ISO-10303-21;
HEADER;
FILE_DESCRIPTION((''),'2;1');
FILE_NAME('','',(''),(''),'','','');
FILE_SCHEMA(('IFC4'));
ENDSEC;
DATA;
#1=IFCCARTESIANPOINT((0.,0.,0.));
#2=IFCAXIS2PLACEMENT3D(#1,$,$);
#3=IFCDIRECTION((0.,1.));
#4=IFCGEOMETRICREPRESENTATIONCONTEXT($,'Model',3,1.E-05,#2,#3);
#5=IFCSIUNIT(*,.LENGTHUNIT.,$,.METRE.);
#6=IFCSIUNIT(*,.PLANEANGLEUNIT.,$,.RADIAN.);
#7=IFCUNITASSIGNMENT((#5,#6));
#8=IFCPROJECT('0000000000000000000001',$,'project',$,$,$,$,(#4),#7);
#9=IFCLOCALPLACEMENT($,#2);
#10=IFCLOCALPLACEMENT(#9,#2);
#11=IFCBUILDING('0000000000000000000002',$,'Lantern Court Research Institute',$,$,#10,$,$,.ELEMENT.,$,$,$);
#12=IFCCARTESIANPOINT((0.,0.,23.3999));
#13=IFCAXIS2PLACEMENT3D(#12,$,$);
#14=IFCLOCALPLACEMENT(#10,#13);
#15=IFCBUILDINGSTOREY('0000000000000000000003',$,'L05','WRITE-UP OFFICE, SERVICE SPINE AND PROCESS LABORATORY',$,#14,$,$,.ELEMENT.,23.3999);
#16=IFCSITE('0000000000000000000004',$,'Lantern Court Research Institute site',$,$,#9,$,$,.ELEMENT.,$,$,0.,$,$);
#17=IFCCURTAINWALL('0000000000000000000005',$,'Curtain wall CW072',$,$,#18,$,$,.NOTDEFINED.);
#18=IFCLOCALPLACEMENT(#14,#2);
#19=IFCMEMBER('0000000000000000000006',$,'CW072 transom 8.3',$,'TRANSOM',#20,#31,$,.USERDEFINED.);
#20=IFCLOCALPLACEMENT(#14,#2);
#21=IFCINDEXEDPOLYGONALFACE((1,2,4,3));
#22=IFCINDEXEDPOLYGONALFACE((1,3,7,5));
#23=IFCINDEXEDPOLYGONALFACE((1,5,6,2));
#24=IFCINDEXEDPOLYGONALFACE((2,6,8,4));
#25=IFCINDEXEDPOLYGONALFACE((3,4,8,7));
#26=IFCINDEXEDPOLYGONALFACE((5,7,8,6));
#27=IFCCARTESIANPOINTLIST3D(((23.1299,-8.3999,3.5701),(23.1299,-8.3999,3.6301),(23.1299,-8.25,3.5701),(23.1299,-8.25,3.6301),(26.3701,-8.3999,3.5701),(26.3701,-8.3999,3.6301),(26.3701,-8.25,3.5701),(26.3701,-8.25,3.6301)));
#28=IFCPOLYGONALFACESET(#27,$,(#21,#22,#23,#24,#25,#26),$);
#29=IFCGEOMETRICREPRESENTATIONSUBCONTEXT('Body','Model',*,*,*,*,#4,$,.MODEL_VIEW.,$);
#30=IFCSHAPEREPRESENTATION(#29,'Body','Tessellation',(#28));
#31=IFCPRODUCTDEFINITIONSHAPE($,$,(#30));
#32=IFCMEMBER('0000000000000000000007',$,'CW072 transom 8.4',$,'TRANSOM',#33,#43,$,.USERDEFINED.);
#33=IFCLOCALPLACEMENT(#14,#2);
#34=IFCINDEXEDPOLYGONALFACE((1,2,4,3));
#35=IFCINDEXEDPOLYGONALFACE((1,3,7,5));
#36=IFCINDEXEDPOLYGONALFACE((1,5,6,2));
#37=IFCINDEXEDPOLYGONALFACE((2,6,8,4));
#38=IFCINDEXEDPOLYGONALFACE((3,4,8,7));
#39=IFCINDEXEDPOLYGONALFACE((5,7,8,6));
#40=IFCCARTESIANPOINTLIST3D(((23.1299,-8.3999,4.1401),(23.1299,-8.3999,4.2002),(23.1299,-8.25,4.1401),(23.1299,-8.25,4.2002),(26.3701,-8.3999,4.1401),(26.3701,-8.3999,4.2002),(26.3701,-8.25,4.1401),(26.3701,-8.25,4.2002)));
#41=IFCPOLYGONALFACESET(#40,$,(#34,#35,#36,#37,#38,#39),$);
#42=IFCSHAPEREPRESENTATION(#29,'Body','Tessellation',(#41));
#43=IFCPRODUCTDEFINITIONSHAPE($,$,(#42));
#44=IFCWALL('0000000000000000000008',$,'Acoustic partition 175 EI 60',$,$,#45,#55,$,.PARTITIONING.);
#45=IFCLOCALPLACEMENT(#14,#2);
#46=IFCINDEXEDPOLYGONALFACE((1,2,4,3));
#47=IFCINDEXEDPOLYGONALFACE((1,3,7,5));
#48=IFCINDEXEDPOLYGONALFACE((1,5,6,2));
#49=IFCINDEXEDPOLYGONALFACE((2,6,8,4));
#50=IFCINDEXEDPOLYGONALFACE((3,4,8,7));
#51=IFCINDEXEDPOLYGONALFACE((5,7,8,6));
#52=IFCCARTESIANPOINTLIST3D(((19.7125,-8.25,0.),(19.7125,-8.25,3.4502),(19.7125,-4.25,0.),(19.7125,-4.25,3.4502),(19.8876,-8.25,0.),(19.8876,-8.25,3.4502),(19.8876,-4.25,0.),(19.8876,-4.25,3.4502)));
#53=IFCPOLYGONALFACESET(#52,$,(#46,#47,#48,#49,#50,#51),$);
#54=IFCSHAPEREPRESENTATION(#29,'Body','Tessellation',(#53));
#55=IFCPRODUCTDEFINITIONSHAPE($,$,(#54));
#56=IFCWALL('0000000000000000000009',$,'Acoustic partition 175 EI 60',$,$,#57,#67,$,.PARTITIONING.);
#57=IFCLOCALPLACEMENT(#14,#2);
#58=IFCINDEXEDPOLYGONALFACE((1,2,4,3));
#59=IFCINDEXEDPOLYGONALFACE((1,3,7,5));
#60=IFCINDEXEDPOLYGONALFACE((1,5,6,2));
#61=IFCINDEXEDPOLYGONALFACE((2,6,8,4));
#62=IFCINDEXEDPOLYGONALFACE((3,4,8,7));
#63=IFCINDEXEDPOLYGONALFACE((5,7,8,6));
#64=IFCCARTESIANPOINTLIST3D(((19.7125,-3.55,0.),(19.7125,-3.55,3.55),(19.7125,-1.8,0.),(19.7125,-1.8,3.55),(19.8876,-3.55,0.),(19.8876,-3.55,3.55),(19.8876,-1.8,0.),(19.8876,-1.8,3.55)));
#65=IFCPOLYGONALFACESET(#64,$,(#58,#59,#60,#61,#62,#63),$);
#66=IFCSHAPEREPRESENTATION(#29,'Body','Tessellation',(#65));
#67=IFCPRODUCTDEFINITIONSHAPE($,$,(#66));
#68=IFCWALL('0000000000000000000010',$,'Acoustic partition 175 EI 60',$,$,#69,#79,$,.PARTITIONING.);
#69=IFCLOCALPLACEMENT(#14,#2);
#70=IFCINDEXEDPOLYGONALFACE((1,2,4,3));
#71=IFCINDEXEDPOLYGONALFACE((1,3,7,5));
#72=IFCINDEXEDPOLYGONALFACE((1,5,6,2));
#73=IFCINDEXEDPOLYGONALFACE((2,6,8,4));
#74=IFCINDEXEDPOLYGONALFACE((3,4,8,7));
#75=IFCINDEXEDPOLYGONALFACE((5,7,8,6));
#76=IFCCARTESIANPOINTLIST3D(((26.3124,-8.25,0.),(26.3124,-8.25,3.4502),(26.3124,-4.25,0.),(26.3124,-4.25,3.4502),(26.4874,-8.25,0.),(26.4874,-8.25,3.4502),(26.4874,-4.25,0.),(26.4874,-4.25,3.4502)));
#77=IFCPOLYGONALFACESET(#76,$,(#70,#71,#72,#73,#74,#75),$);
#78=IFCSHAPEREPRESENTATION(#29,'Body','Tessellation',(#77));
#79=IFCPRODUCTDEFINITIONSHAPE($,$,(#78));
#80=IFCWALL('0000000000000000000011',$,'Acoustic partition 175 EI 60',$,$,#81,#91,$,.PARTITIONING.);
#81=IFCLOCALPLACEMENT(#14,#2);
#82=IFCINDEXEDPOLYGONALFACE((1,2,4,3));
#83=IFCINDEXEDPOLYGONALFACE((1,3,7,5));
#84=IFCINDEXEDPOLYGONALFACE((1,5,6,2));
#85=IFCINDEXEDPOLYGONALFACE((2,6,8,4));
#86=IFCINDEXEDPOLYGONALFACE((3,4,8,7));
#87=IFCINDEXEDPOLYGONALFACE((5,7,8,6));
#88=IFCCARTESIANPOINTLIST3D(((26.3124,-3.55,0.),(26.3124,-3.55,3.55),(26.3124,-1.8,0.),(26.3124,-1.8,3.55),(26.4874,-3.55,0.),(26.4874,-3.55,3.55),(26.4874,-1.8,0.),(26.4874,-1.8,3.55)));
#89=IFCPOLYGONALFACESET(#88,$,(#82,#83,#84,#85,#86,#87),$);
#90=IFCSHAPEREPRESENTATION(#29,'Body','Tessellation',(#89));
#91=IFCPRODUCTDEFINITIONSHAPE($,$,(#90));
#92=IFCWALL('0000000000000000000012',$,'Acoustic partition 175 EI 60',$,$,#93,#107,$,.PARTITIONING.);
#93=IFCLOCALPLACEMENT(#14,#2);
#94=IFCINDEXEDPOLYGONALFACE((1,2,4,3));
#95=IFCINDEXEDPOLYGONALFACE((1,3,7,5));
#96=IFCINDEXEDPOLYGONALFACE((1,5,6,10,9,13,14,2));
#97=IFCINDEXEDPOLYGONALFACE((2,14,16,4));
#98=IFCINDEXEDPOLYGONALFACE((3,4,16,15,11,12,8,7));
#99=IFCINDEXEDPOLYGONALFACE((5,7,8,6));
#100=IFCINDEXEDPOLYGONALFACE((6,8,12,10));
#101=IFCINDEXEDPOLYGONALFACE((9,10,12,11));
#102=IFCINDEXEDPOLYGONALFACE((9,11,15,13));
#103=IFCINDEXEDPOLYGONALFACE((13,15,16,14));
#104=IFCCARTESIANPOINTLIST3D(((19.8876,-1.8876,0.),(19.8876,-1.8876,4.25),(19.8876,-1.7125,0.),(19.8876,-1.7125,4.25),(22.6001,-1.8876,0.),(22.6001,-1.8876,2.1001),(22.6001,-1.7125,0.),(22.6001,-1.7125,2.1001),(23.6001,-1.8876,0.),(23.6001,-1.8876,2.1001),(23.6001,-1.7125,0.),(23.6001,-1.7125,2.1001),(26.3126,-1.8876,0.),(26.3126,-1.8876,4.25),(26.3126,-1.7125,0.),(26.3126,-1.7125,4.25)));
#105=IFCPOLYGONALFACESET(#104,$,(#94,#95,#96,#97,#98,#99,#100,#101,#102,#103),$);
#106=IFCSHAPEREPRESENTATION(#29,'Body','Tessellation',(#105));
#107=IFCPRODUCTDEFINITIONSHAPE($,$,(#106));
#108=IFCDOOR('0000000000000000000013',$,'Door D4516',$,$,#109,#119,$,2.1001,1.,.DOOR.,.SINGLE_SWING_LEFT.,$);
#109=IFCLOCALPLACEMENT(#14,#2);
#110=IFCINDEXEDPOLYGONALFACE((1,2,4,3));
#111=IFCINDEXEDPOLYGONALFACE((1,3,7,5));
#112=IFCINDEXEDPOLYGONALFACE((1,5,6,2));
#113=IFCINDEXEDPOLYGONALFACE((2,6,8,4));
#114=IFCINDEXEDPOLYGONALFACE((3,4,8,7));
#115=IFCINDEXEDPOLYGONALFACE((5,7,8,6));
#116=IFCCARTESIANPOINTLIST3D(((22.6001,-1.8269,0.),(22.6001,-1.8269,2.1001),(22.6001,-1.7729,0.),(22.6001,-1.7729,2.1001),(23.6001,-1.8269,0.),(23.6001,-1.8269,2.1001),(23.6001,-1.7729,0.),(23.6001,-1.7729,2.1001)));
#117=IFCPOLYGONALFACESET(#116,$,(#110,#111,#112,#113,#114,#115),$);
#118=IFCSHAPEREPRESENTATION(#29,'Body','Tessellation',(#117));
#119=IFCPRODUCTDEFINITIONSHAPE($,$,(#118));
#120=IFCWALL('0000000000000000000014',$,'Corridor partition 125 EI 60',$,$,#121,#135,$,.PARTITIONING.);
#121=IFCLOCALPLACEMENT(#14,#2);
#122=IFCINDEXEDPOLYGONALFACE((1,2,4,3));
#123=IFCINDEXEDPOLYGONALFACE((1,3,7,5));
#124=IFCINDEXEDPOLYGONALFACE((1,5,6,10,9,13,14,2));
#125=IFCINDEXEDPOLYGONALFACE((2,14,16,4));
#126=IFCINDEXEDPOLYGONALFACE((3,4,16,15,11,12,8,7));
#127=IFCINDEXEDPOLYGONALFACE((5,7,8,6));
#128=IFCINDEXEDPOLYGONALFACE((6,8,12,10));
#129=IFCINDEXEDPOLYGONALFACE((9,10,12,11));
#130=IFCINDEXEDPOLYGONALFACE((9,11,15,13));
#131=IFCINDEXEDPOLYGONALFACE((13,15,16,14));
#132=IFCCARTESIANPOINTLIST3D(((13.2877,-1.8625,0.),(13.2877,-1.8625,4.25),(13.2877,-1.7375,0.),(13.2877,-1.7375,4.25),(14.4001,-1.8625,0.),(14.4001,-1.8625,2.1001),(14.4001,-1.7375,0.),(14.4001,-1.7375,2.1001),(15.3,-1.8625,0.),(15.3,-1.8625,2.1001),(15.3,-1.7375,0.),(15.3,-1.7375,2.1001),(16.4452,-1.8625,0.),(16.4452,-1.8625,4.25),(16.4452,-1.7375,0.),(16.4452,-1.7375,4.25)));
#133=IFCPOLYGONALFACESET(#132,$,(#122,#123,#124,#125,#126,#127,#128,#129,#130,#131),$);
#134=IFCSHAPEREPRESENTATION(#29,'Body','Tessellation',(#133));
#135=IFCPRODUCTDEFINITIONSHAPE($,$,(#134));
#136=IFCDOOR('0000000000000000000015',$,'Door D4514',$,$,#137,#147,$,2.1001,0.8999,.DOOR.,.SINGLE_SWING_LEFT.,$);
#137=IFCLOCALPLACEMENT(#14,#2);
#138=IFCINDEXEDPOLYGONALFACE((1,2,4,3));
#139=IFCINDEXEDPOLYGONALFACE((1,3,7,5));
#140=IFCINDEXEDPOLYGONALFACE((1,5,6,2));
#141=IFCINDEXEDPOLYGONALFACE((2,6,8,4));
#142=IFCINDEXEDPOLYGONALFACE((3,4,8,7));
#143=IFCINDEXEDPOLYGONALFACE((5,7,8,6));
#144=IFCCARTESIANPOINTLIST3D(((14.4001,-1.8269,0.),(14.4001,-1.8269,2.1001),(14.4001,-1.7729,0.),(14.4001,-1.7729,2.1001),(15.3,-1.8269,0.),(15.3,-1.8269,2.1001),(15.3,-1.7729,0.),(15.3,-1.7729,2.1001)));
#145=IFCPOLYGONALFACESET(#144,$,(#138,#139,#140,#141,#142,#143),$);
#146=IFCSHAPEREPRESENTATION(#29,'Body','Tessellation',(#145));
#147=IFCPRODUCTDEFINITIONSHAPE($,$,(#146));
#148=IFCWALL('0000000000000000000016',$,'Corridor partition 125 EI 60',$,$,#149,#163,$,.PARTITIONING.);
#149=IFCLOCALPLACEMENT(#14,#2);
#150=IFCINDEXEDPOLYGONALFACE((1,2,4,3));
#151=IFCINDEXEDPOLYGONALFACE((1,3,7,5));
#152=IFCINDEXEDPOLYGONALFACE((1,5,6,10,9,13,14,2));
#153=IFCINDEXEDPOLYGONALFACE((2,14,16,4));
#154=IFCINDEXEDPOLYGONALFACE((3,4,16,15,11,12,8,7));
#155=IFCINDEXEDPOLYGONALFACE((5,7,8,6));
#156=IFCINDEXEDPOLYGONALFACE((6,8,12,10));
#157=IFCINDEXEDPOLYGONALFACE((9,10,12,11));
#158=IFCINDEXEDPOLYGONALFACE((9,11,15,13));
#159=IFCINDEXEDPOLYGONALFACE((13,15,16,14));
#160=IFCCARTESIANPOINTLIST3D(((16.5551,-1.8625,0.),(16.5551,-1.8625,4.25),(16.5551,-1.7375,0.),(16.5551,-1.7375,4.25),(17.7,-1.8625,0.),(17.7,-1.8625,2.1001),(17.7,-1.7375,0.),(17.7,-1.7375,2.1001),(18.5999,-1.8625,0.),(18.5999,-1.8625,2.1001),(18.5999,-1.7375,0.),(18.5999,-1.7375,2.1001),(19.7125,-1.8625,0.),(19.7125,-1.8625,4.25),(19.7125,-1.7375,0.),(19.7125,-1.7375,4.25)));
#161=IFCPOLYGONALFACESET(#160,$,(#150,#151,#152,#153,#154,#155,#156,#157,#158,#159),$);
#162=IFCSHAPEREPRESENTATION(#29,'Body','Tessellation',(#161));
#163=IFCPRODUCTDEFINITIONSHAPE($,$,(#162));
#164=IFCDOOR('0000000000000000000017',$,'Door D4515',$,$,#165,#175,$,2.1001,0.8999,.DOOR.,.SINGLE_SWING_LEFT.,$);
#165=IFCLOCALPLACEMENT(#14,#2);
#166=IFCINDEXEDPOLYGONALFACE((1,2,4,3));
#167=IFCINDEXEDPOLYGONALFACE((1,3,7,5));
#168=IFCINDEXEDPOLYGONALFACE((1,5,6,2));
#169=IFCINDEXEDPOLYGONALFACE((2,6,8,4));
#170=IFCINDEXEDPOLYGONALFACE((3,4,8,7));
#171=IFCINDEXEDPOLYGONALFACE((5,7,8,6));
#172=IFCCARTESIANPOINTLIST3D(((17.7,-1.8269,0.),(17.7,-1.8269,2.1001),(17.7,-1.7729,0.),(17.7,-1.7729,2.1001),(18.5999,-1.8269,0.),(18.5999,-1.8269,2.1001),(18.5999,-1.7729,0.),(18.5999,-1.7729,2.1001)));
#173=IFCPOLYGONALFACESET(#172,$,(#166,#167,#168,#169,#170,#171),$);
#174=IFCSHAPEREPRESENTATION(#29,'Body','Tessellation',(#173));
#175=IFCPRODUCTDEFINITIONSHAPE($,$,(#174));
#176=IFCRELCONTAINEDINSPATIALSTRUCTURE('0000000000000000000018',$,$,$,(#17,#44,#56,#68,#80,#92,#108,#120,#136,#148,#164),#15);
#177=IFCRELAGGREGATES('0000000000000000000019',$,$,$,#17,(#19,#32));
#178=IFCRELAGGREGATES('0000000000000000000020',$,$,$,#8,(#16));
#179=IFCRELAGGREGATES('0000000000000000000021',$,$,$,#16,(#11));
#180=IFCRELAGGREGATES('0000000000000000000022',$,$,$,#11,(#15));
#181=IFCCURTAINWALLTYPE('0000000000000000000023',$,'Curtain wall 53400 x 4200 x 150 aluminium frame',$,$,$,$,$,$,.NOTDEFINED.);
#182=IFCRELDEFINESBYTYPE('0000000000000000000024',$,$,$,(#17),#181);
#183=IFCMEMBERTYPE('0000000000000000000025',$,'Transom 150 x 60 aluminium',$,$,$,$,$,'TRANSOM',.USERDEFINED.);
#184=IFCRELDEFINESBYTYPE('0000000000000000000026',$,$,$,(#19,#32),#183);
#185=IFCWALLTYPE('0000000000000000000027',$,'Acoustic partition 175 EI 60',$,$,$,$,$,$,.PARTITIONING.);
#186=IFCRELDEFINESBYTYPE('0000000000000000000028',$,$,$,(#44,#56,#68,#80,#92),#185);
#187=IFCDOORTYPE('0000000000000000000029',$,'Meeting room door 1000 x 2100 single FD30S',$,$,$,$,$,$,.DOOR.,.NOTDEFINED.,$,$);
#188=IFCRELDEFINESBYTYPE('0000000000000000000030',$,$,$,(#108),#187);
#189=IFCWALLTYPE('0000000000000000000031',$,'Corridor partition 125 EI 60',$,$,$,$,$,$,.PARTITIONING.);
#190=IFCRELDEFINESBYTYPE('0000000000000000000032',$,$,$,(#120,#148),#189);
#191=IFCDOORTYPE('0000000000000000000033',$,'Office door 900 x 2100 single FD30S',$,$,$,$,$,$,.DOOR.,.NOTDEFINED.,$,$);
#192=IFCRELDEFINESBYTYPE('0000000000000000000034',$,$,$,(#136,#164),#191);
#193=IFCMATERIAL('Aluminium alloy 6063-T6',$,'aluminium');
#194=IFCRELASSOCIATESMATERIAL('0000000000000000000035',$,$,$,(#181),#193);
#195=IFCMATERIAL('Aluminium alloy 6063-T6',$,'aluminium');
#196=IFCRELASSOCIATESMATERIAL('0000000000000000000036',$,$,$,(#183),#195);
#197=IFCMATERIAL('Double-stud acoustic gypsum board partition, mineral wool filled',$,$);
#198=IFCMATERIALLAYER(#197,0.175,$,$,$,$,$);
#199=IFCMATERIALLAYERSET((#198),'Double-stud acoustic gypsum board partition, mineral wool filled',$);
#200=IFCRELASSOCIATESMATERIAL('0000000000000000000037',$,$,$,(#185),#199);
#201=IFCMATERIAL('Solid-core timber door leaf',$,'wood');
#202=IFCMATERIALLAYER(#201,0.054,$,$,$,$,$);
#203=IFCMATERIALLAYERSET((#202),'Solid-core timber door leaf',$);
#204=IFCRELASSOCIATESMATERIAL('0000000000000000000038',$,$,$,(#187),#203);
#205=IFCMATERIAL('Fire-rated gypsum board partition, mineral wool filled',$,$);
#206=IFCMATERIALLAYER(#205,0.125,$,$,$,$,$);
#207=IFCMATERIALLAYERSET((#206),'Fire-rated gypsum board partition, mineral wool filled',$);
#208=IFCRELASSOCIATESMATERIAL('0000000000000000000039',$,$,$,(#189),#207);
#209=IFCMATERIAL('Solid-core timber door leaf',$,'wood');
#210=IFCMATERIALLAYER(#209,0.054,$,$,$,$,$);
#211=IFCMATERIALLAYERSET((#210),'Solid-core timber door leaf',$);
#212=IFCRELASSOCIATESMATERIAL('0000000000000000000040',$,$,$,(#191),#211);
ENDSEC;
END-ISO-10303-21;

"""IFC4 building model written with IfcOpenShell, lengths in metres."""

from ifc_helpers import new_model, si_unit, direction, frame, frame_2d, origin, origin_2d, place, context, subcontext, project, spatial, rectangle, extrude, material, layer, layer_set, material_profile, profile_set, type_object, element, fill, aggregate, save


model = new_model("IFC4")

# Units and contexts
model_context = context("Model", 3, precision=1e-05, world=origin(), true_north=direction((0.0, 1.0)))
body_context = subcontext(model_context, "Body", "Model", "MODEL_VIEW")
ifc_project = project(units=[si_unit("LENGTHUNIT", "METRE"), si_unit("PLANEANGLEUNIT", "RADIAN")], contexts=[model_context])

# Site, building, storey
site_placement = place(None, origin())
site = spatial("IfcSite", under=ifc_project, at=site_placement, Name="Lantern Court Research Institute site", CompositionType="ELEMENT", RefElevation=0.0)
building_placement = place(site_placement, origin())
building = spatial("IfcBuilding", under=site, at=building_placement, Name="Lantern Court Research Institute", CompositionType="ELEMENT")
storey_placement = place(building_placement, frame((0.0, 0.0, 23.3999)))
storey = spatial("IfcBuildingStorey", under=building, at=storey_placement, Name="L05", Description="WRITE-UP OFFICE, SERVICE SPINE AND PROCESS LABORATORY", CompositionType="ELEMENT", Elevation=23.3999)

# Curtain wall
ifc_material_1 = material(Name="Aluminium alloy 6063-T6", Category="aluminium")
curtain_wall_type = type_object("IfcCurtainWallType", Name="Curtain wall 53400 x 4200 x 150 aluminium frame", PredefinedType="NOTDEFINED", material=ifc_material_1)
curtain_wall_placement = place(storey_placement, origin())
curtain_wall = element("IfcCurtainWall", 1, at=curtain_wall_placement, inside=storey, type_object=curtain_wall_type, Name="Curtain wall CW072", PredefinedType="NOTDEFINED")

# Members
ifc_material_2 = material(Name="Aluminium alloy 6063-T6", Category="aluminium")
ifc_material_profile_1 = material_profile(ifc_material_2, rectangle(XDim=0.1499, YDim=0.0601, at=origin_2d()), Name="Transom 150 x 60")
ifc_profile_set_1 = profile_set([ifc_material_profile_1], Name="Aluminium alloy 6063-T6")
member_type_1 = type_object("IfcMemberType", Name="Transom 150 x 60 aluminium", ElementType="TRANSOM", PredefinedType="USERDEFINED", material=ifc_profile_set_1)
member_1_placement = place(storey_placement, frame((26.3701, -8.325, 3.6001), z_axis=(-1.0, 0.0, 0.0), x_axis=(0.0, -1.0, 0.0)))
member_1 = element("IfcMember", 2, at=member_1_placement, type_object=member_type_1, Name="CW072 transom 8.3", ObjectType="TRANSOM", PredefinedType="USERDEFINED", context=body_context, shape_type="SweptSolid", body=[
    extrude(rectangle(XDim=0.1499, YDim=0.0601, at=origin_2d()), origin(), (0.0, 0.0, 1.0), 3.2402),
])
member_2_placement = place(storey_placement, frame((26.3701, -8.325, 4.1702), z_axis=(-1.0, 0.0, 0.0), x_axis=(0.0, -1.0, 0.0)))
member_2 = element("IfcMember", 3, at=member_2_placement, type_object=member_type_1, Name="CW072 transom 8.4", ObjectType="TRANSOM", PredefinedType="USERDEFINED", context=body_context, shape_type="SweptSolid", body=[
    extrude(rectangle(XDim=0.1499, YDim=0.0601, at=origin_2d()), origin(), (0.0, 0.0, 1.0), 3.2402),
])
aggregate(curtain_wall, [member_1, member_2])

# Walls
ifc_material_3 = material(Name="Double-stud acoustic gypsum board partition, mineral wool filled")
ifc_layer_1 = layer(ifc_material_3, 0.175)
ifc_layer_set_1 = layer_set([ifc_layer_1], Name="Double-stud acoustic gypsum board partition, mineral wool filled")
wall_type_1 = type_object("IfcWallType", Name="Acoustic partition 175 EI 60", PredefinedType="PARTITIONING", material=ifc_layer_set_1)
wall_1_placement = place(storey_placement, frame((19.8, -8.25, 0.0), z_axis=(0.0, 0.0, 1.0), x_axis=(0.0, 1.0, 0.0)))
element("IfcWall", 4, at=wall_1_placement, inside=storey, type_object=wall_type_1, Name="Acoustic partition 175 EI 60", PredefinedType="PARTITIONING", context=body_context, shape_type="SweptSolid", body=[
    extrude(rectangle(XDim=4.0, YDim=0.175, at=frame_2d((2.0, 0.0))), origin(), (0.0, 0.0, 1.0), 3.4502),
])
wall_2_placement = place(storey_placement, frame((19.8, -3.55, 0.0), z_axis=(0.0, 0.0, 1.0), x_axis=(0.0, 1.0, 0.0)))
element("IfcWall", 5, at=wall_2_placement, inside=storey, type_object=wall_type_1, Name="Acoustic partition 175 EI 60", PredefinedType="PARTITIONING", context=body_context, shape_type="SweptSolid", body=[
    extrude(rectangle(XDim=1.75, YDim=0.175, at=frame_2d((0.875, 0.0))), origin(), (0.0, 0.0, 1.0), 3.55),
])
wall_3_placement = place(storey_placement, frame((26.3999, -8.25, 0.0), z_axis=(0.0, 0.0, 1.0), x_axis=(0.0, 1.0, 0.0)))
element("IfcWall", 6, at=wall_3_placement, inside=storey, type_object=wall_type_1, Name="Acoustic partition 175 EI 60", PredefinedType="PARTITIONING", context=body_context, shape_type="SweptSolid", body=[
    extrude(rectangle(XDim=4.0, YDim=0.175, at=frame_2d((2.0, 0.0))), origin(), (0.0, 0.0, 1.0), 3.4502),
])
wall_4_placement = place(storey_placement, frame((26.3999, -3.55, 0.0), z_axis=(0.0, 0.0, 1.0), x_axis=(0.0, 1.0, 0.0)))
element("IfcWall", 7, at=wall_4_placement, inside=storey, type_object=wall_type_1, Name="Acoustic partition 175 EI 60", PredefinedType="PARTITIONING", context=body_context, shape_type="SweptSolid", body=[
    extrude(rectangle(XDim=1.75, YDim=0.175, at=frame_2d((0.875, 0.0))), origin(), (0.0, 0.0, 1.0), 3.55),
])

# Walls, openings, doors
wall_5_placement = place(storey_placement, frame((26.3125, -1.8, 0.0), z_axis=(0.0, 0.0, 1.0), x_axis=(-1.0, 0.0, 0.0)))
wall_5 = element("IfcWall", 8, at=wall_5_placement, inside=storey, type_object=wall_type_1, Name="Acoustic partition 175 EI 60", PredefinedType="PARTITIONING", context=body_context, shape_type="SweptSolid", body=[
    extrude(rectangle(XDim=6.425, YDim=0.175, at=frame_2d((3.2124, 0.0))), origin(), (0.0, 0.0, 1.0), 4.25),
])
opening_1_placement = place(wall_5_placement, frame((2.7124, 0.0, 0.0)))
opening_1 = element("IfcOpeningElement", 9, at=opening_1_placement, cuts=wall_5, PredefinedType="OPENING", context=body_context, shape_type="SweptSolid", body=[
    extrude(rectangle(XDim=1.0, YDim=2.1001, at=frame_2d((0.5, 1.05))), frame((0.0, 0.0974, 0.0), z_axis=(0.0, -1.0, 0.0), x_axis=(1.0, 0.0, 0.0)), (0.0, 0.0, 1.0), 0.1951),
])
ifc_material_4 = material(Name="Solid-core timber door leaf", Category="wood")
ifc_layer_2 = layer(ifc_material_4, 0.054)
ifc_layer_set_2 = layer_set([ifc_layer_2], Name="Solid-core timber door leaf")
door_type_1 = type_object("IfcDoorType", Name="Meeting room door 1000 x 2100 single FD30S", OperationType="NOTDEFINED", PredefinedType="DOOR", material=ifc_layer_set_2)
door_1_placement = place(opening_1_placement, origin())
door_1 = element("IfcDoor", 10, at=door_1_placement, inside=storey, type_object=door_type_1, Name="Door D4516", OperationType="SINGLE_SWING_LEFT", OverallHeight=2.1001, OverallWidth=1.0, PredefinedType="DOOR", context=body_context, shape_type="SweptSolid", body=[
    extrude(rectangle(XDim=1.0, YDim=2.1001, at=frame_2d((0.5, 1.05))), frame((0.0, 0.0269, 0.0), z_axis=(0.0, -1.0, 0.0), x_axis=(1.0, 0.0, 0.0)), (0.0, 0.0, 1.0), 0.054),
])
fill(opening_1, door_1)
ifc_material_5 = material(Name="Fire-rated gypsum board partition, mineral wool filled")
ifc_layer_3 = layer(ifc_material_5, 0.125)
ifc_layer_set_3 = layer_set([ifc_layer_3], Name="Fire-rated gypsum board partition, mineral wool filled")
wall_type_2 = type_object("IfcWallType", Name="Corridor partition 125 EI 60", PredefinedType="PARTITIONING", material=ifc_layer_set_3)
wall_6_placement = place(storey_placement, frame((16.4451, -1.8, 0.0), z_axis=(0.0, 0.0, 1.0), x_axis=(-1.0, 0.0, 0.0)))
wall_6 = element("IfcWall", 11, at=wall_6_placement, inside=storey, type_object=wall_type_2, Name="Corridor partition 125 EI 60", PredefinedType="PARTITIONING", context=body_context, shape_type="SweptSolid", body=[
    extrude(rectangle(XDim=3.1575, YDim=0.125, at=frame_2d((1.5786, 0.0))), origin(), (0.0, 0.0, 1.0), 4.25),
])
opening_2_placement = place(wall_6_placement, frame((1.145, 0.0, 0.0)))
opening_2 = element("IfcOpeningElement", 12, at=opening_2_placement, cuts=wall_6, PredefinedType="OPENING", context=body_context, shape_type="SweptSolid", body=[
    extrude(rectangle(XDim=0.8999, YDim=2.1001, at=frame_2d((0.45, 1.05))), frame((0.0, 0.0725, 0.0), z_axis=(0.0, -1.0, 0.0), x_axis=(1.0, 0.0, 0.0)), (0.0, 0.0, 1.0), 0.145),
])
ifc_material_6 = material(Name="Solid-core timber door leaf", Category="wood")
ifc_layer_4 = layer(ifc_material_6, 0.054)
ifc_layer_set_4 = layer_set([ifc_layer_4], Name="Solid-core timber door leaf")
door_type_2 = type_object("IfcDoorType", Name="Office door 900 x 2100 single FD30S", OperationType="NOTDEFINED", PredefinedType="DOOR", material=ifc_layer_set_4)
door_2_placement = place(opening_2_placement, origin())
door_2 = element("IfcDoor", 13, at=door_2_placement, inside=storey, type_object=door_type_2, Name="Door D4514", OperationType="SINGLE_SWING_LEFT", OverallHeight=2.1001, OverallWidth=0.8999, PredefinedType="DOOR", context=body_context, shape_type="SweptSolid", body=[
    extrude(rectangle(XDim=0.8999, YDim=2.1001, at=frame_2d((0.45, 1.05))), frame((0.0, 0.0269, 0.0), z_axis=(0.0, -1.0, 0.0), x_axis=(1.0, 0.0, 0.0)), (0.0, 0.0, 1.0), 0.054),
])
fill(opening_2, door_2)
wall_7_placement = place(storey_placement, frame((19.7124, -1.8, 0.0), z_axis=(0.0, 0.0, 1.0), x_axis=(-1.0, 0.0, 0.0)))
wall_7 = element("IfcWall", 14, at=wall_7_placement, inside=storey, type_object=wall_type_2, Name="Corridor partition 125 EI 60", PredefinedType="PARTITIONING", context=body_context, shape_type="SweptSolid", body=[
    extrude(rectangle(XDim=3.1575, YDim=0.125, at=frame_2d((1.5786, 0.0))), origin(), (0.0, 0.0, 1.0), 4.25),
])
opening_3_placement = place(wall_7_placement, frame((1.1125, 0.0, 0.0)))
opening_3 = element("IfcOpeningElement", 15, at=opening_3_placement, cuts=wall_7, PredefinedType="OPENING", context=body_context, shape_type="SweptSolid", body=[
    extrude(rectangle(XDim=0.8999, YDim=2.1001, at=frame_2d((0.45, 1.05))), frame((0.0, 0.0725, 0.0), z_axis=(0.0, -1.0, 0.0), x_axis=(1.0, 0.0, 0.0)), (0.0, 0.0, 1.0), 0.145),
])
door_3_placement = place(opening_3_placement, origin())
door_3 = element("IfcDoor", 16, at=door_3_placement, inside=storey, type_object=door_type_2, Name="Door D4515", OperationType="SINGLE_SWING_LEFT", OverallHeight=2.1001, OverallWidth=0.8999, PredefinedType="DOOR", context=body_context, shape_type="SweptSolid", body=[
    extrude(rectangle(XDim=0.8999, YDim=2.1001, at=frame_2d((0.45, 1.05))), frame((0.0, 0.0269, 0.0), z_axis=(0.0, -1.0, 0.0), x_axis=(1.0, 0.0, 0.0)), (0.0, 0.0, 1.0), 0.054),
])
fill(opening_3, door_3)

save(model, "model.ifc")
